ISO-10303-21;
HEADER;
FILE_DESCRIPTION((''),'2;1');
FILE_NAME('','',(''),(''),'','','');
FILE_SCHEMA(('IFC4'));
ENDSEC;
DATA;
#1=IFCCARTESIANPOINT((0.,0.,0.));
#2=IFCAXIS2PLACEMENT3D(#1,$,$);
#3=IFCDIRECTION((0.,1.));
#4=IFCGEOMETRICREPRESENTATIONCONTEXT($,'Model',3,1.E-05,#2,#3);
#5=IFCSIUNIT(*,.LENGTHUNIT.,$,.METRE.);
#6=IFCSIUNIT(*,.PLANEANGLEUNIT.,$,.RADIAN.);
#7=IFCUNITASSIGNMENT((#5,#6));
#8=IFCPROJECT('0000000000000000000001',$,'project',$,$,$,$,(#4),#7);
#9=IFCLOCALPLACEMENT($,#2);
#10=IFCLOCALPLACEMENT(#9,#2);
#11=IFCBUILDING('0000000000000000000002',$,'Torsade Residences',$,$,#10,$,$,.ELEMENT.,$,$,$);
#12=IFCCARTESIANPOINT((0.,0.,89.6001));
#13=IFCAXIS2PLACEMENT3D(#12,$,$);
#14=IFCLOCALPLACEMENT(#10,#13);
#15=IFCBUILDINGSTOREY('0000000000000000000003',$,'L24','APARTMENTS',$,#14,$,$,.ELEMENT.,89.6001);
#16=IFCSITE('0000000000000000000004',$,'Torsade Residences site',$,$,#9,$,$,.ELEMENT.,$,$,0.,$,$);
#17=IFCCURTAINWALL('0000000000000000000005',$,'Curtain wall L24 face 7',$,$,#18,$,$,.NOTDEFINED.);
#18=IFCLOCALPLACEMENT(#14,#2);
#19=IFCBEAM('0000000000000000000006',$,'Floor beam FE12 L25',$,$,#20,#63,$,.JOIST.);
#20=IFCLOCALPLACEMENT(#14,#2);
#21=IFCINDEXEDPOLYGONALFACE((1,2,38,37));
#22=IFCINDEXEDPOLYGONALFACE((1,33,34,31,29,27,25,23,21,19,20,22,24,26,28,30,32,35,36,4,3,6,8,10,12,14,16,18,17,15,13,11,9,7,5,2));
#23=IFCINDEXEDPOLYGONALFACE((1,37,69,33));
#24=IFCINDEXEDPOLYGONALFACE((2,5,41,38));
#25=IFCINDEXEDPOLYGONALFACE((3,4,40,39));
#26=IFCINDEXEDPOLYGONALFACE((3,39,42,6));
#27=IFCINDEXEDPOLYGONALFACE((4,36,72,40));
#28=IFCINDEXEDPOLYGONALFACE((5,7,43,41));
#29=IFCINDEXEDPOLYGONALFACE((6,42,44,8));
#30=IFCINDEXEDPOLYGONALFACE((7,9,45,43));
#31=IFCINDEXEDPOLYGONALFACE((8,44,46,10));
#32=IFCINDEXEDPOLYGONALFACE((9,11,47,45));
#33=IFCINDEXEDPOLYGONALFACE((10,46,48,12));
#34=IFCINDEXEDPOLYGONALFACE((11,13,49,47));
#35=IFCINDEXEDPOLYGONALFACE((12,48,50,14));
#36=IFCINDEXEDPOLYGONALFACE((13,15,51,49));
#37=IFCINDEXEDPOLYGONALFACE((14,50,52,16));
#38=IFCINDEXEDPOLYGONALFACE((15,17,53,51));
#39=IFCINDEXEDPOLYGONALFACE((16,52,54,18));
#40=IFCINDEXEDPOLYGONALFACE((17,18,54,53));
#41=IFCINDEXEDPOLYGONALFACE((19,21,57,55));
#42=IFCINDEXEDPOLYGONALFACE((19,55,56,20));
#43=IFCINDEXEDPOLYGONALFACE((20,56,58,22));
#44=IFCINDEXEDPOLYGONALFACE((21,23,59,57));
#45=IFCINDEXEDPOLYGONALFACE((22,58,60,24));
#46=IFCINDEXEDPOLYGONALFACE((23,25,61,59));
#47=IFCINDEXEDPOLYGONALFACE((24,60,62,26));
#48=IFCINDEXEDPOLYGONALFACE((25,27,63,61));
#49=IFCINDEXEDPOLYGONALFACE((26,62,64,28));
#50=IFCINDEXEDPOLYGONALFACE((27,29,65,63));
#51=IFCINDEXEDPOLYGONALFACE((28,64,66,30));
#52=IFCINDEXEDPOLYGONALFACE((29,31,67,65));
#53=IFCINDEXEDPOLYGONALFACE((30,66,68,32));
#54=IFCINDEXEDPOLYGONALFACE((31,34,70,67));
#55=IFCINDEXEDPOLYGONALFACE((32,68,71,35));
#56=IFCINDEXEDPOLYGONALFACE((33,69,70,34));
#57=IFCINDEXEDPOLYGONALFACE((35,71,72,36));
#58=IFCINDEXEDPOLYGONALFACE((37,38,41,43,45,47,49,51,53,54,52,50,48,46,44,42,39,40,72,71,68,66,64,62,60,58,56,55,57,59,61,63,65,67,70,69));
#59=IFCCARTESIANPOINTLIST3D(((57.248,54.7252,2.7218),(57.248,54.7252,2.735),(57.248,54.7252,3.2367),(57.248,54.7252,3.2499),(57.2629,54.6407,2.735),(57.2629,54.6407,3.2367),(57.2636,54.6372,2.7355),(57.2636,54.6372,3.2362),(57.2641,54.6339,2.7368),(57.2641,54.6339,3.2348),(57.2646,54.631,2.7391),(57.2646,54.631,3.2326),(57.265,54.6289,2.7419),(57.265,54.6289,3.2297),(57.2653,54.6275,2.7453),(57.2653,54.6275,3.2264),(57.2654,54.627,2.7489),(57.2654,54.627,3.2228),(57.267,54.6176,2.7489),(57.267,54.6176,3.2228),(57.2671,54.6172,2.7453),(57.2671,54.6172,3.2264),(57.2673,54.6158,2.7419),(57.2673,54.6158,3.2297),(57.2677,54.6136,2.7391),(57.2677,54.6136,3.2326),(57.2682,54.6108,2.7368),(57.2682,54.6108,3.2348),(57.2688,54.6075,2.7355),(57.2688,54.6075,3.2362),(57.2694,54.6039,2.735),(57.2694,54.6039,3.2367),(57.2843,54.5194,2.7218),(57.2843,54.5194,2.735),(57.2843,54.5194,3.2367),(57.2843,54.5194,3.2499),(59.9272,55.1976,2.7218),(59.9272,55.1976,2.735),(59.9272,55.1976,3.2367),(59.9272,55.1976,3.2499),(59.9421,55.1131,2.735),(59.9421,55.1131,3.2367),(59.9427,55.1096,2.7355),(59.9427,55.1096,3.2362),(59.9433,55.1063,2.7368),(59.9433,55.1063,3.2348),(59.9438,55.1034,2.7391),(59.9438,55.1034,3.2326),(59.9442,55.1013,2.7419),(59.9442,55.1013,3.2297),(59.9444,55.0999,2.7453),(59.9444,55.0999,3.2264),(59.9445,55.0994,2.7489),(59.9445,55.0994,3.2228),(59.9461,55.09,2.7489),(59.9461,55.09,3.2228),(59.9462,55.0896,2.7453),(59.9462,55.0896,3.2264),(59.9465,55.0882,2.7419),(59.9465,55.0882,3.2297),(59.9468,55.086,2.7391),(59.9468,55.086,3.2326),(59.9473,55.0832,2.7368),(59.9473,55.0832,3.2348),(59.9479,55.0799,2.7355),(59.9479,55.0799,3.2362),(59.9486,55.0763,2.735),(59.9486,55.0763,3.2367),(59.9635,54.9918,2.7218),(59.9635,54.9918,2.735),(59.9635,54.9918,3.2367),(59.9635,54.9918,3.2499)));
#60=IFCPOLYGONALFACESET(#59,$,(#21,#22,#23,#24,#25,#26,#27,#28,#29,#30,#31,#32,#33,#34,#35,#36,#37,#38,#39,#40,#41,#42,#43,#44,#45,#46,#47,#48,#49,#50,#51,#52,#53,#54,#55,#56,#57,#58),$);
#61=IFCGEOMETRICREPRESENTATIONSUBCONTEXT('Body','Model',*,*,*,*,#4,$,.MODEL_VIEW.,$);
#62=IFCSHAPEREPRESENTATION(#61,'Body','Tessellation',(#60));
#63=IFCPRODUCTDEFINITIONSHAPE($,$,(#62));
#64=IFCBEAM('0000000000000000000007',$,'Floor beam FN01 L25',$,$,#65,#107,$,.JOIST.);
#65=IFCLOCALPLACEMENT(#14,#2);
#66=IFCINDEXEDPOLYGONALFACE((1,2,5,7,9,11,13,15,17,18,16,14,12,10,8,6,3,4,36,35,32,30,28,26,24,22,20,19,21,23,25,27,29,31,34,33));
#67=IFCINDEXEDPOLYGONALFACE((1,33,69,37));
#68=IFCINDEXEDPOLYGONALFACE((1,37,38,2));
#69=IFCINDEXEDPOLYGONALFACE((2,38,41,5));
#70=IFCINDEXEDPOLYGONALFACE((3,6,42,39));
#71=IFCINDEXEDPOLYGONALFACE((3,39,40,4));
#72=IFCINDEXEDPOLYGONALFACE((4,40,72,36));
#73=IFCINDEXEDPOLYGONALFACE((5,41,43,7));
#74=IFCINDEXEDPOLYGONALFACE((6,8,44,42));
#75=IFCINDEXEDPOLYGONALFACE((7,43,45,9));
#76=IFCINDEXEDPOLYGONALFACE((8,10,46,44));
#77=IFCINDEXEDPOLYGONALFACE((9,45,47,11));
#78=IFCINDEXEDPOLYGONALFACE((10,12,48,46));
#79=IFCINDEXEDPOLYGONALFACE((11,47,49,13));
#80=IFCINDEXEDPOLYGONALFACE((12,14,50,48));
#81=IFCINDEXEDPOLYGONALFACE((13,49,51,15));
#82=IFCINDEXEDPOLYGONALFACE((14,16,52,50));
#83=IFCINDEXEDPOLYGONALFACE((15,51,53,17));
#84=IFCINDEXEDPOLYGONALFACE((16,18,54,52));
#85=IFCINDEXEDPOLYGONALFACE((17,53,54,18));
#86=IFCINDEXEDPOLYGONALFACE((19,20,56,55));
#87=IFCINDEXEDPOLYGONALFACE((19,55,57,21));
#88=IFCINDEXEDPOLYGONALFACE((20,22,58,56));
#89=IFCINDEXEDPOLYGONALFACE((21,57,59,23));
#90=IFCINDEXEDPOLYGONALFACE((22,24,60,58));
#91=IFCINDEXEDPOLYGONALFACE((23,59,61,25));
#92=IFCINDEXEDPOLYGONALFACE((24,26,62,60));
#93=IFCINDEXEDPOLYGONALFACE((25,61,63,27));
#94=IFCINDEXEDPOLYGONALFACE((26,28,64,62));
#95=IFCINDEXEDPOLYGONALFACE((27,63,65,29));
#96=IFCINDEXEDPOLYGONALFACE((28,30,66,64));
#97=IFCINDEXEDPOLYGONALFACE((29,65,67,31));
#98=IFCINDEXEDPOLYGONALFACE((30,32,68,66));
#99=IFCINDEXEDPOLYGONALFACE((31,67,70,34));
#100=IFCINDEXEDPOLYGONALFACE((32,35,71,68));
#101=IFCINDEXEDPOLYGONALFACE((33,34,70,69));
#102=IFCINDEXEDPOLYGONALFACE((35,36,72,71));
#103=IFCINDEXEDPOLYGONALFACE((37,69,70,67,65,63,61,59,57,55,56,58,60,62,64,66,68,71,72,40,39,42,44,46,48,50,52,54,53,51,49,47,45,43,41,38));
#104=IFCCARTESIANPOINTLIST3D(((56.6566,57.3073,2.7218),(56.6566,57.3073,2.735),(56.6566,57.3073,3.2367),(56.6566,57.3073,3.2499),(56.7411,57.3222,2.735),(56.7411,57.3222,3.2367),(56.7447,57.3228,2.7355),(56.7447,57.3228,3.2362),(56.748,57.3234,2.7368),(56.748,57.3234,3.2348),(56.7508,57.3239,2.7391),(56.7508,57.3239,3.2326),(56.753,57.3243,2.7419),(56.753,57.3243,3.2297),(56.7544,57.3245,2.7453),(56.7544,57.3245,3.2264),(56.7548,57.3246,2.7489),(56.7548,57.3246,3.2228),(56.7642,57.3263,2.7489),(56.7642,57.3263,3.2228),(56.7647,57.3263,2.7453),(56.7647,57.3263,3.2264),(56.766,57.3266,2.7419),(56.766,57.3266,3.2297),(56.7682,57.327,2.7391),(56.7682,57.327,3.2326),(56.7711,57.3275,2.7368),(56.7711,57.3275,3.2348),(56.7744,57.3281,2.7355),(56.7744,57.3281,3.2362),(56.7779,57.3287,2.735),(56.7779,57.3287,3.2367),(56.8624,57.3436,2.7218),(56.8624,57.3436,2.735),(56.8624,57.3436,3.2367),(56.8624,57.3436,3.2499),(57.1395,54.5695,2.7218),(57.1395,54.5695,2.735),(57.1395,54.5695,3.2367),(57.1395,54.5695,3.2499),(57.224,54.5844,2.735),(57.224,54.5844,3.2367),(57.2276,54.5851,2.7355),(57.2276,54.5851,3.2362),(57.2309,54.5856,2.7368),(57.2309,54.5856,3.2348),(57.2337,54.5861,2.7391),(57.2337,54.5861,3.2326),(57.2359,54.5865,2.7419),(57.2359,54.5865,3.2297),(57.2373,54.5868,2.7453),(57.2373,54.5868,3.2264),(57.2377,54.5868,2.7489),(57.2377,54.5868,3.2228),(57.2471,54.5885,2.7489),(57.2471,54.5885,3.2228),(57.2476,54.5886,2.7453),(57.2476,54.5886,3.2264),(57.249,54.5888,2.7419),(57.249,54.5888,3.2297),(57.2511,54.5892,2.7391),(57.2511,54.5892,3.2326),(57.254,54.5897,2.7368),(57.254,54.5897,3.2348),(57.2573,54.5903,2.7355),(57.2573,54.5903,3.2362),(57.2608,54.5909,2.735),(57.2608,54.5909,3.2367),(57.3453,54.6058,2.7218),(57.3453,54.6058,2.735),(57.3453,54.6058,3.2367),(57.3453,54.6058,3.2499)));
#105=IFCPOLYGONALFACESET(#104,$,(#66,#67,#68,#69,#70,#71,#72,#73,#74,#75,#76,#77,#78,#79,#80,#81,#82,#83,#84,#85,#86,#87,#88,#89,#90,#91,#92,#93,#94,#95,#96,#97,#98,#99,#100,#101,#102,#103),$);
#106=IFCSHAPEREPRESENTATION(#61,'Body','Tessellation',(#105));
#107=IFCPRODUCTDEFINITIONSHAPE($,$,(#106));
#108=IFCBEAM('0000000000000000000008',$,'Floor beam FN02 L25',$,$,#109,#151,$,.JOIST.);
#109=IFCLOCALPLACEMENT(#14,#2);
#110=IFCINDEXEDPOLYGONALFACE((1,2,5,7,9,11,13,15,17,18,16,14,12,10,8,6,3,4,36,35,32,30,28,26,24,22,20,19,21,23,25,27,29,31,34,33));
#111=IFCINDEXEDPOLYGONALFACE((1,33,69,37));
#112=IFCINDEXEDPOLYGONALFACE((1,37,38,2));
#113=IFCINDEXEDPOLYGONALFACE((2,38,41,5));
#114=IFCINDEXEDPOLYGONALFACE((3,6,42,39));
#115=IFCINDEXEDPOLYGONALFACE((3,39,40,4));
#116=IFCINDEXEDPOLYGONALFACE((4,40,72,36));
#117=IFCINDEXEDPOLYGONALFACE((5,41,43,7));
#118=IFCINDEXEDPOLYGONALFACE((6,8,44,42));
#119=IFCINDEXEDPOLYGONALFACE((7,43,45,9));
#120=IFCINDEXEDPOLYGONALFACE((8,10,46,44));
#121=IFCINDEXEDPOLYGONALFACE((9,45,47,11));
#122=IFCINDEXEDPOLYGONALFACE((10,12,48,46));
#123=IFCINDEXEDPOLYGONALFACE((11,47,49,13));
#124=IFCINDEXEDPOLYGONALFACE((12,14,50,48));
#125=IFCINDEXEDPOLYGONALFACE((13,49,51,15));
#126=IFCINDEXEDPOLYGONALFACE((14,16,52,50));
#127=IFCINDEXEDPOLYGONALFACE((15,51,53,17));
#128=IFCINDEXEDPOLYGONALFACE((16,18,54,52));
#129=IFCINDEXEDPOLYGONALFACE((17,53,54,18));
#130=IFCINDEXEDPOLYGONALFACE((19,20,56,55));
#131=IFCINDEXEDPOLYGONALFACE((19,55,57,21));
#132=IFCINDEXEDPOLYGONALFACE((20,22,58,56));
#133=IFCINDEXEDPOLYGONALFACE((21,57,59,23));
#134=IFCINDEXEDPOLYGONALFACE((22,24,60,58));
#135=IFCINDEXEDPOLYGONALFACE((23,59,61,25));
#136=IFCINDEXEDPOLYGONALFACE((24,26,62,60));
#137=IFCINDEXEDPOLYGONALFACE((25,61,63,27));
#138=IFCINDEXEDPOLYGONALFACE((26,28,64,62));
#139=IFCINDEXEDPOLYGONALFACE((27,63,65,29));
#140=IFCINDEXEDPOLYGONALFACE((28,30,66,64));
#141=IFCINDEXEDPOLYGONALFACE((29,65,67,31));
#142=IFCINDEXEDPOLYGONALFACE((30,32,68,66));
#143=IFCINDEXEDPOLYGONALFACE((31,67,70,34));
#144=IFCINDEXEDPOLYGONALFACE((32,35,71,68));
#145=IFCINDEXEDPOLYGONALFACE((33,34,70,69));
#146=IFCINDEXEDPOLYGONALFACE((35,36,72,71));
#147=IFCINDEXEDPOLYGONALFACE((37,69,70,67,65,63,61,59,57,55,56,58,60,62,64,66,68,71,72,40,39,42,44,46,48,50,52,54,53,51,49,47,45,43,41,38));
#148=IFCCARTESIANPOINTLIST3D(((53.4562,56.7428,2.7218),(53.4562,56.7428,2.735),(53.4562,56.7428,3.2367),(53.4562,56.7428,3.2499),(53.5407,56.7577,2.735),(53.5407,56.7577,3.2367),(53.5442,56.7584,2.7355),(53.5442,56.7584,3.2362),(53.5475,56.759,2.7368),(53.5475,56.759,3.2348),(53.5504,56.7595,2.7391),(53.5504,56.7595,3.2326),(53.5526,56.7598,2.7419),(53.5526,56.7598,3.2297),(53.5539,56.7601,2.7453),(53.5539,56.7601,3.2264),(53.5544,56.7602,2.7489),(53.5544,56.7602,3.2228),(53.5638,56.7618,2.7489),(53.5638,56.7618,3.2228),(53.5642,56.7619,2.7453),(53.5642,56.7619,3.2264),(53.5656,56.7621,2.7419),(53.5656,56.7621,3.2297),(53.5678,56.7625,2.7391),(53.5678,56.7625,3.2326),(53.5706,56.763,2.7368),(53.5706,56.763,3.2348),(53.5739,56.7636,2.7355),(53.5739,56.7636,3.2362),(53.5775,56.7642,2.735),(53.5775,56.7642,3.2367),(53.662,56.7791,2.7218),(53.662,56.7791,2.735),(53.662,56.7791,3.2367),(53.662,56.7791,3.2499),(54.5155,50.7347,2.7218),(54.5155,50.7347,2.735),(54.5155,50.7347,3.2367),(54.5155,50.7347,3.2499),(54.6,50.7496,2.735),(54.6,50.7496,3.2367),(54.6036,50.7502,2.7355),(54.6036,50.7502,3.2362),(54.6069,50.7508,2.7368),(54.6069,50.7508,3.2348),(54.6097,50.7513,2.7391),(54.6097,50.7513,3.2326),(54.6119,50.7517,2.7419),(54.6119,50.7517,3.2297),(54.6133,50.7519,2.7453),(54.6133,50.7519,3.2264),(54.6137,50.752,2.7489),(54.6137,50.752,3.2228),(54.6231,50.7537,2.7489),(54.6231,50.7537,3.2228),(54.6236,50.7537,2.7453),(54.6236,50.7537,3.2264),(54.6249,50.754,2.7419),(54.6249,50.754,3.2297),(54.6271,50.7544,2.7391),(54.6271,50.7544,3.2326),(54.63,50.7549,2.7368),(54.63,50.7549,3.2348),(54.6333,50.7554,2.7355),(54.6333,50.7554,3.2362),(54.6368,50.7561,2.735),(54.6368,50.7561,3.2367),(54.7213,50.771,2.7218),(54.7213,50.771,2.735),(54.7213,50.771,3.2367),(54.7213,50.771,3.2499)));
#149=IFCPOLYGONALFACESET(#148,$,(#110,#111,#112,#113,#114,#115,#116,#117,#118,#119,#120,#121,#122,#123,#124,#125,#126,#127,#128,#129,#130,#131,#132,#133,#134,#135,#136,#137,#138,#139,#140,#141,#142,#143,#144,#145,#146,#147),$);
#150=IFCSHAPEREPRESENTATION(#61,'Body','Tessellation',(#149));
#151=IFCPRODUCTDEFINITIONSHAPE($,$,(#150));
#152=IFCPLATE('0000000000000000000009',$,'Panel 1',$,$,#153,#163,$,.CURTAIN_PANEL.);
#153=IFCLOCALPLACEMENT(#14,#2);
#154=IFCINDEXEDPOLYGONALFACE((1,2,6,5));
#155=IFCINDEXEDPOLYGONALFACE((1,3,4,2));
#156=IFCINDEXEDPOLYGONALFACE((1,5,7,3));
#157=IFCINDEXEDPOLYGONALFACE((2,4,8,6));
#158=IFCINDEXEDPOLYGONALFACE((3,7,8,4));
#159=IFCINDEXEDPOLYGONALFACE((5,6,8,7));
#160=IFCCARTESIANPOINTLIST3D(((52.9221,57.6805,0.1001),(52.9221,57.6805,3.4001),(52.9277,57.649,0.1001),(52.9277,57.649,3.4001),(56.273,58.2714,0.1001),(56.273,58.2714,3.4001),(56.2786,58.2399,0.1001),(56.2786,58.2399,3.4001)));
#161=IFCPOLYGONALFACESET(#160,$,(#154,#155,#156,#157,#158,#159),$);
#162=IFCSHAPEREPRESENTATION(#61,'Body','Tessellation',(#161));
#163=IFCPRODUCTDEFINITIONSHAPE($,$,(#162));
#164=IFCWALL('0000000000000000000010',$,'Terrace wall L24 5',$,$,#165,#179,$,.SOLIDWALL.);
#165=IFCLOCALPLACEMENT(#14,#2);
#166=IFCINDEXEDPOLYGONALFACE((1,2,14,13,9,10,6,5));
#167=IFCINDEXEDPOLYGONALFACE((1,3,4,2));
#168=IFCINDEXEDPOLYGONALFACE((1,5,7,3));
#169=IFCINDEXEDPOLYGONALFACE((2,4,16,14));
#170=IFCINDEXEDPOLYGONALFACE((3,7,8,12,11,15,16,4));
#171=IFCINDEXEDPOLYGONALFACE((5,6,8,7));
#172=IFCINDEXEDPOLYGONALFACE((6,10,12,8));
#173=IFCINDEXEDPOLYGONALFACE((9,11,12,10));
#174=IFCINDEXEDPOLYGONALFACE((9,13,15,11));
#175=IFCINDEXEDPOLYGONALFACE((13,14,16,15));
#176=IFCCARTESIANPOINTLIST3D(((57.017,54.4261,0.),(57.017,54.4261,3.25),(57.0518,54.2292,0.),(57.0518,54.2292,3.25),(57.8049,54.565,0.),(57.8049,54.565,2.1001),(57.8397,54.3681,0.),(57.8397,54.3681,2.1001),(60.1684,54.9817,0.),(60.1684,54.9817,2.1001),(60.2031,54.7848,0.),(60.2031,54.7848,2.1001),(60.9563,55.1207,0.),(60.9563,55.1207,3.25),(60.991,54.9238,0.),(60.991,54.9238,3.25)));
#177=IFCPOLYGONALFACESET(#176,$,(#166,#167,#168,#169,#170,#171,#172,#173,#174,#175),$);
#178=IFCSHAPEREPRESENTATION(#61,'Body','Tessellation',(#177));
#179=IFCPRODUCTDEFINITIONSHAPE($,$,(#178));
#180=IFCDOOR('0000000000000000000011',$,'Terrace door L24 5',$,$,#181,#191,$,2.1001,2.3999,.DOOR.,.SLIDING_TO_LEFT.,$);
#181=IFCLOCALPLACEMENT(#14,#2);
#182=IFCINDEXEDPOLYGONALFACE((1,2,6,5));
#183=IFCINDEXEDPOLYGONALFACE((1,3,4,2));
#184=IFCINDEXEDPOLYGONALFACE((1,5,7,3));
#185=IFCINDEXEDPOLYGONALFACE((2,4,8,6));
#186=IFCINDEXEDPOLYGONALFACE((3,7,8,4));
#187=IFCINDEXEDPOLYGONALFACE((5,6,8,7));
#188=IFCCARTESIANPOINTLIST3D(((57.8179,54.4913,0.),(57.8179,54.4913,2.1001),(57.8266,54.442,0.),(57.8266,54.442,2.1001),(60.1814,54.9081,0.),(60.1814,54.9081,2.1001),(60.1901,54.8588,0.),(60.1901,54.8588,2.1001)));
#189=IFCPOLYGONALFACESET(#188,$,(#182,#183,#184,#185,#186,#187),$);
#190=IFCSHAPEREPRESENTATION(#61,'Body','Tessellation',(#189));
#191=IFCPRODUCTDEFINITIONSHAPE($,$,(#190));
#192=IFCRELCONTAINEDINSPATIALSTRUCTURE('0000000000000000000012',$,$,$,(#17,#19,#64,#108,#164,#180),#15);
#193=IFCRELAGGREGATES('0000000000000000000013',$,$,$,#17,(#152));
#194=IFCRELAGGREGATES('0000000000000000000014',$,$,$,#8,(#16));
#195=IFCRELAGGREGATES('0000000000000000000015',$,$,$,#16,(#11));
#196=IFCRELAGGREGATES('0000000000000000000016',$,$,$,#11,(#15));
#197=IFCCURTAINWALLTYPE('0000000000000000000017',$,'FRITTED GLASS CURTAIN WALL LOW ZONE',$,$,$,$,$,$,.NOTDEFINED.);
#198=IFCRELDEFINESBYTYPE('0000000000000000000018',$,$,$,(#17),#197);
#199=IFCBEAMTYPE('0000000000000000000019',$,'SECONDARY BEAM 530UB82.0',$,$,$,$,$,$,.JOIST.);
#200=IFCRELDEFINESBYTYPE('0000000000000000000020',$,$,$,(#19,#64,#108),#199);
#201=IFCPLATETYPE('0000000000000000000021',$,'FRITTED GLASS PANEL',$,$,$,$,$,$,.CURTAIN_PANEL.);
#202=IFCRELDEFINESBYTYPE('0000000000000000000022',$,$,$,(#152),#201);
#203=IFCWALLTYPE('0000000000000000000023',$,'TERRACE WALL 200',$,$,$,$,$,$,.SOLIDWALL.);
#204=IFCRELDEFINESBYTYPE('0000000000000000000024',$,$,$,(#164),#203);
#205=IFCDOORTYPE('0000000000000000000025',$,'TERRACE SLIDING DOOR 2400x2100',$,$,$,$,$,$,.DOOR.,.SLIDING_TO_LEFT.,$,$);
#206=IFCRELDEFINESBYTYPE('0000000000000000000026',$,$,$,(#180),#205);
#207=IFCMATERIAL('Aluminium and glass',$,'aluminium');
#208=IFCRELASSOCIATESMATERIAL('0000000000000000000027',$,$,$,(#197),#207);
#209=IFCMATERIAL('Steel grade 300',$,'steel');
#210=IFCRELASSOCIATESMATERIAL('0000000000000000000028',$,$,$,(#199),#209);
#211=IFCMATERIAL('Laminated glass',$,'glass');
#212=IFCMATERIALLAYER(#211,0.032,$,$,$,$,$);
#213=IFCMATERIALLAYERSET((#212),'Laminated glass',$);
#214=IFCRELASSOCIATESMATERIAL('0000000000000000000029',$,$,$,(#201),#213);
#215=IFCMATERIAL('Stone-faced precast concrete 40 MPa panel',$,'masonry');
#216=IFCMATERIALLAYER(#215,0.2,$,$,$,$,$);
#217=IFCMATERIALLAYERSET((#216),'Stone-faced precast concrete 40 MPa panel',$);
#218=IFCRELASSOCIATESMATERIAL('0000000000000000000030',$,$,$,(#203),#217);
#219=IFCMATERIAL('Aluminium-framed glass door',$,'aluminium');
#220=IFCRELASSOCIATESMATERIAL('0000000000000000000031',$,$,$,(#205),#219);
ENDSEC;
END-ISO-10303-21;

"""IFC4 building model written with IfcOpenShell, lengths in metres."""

from ifc_helpers import new_model, si_unit, direction, frame, frame_2d, origin, origin_2d, place, context, subcontext, project, spatial, rectangle, i_section, extrude, material, layer, layer_set, material_profile, profile_set, type_object, element, fill, aggregate, save


model = new_model("IFC4")

# Units and contexts
model_context = context("Model", 3, precision=1e-05, world=origin(), true_north=direction((0.0, 1.0)))
body_context = subcontext(model_context, "Body", "Model", "MODEL_VIEW")
ifc_project = project(units=[si_unit("LENGTHUNIT", "METRE"), si_unit("PLANEANGLEUNIT", "RADIAN")], contexts=[model_context])

# Site, building, storey
site_placement = place(None, origin())
site = spatial("IfcSite", under=ifc_project, at=site_placement, Name="Torsade Residences site", CompositionType="ELEMENT", RefElevation=0.0)
building_placement = place(site_placement, origin())
building = spatial("IfcBuilding", under=site, at=building_placement, Name="Torsade Residences", CompositionType="ELEMENT")
storey_placement = place(building_placement, frame((0.0, 0.0, 89.6001)))
storey = spatial("IfcBuildingStorey", under=building, at=storey_placement, Name="L24", Description="APARTMENTS", CompositionType="ELEMENT", Elevation=89.6001)

# Shared definitions
ifc_material_1 = material(Name="Aluminium and glass", Category="aluminium")
curtain_wall_type = type_object("IfcCurtainWallType", Name="FRITTED GLASS CURTAIN WALL LOW ZONE", PredefinedType="NOTDEFINED", material=ifc_material_1)

# Curtain wall
curtain_wall_1_placement = place(storey_placement, origin())
curtain_wall_1 = element("IfcCurtainWall", 1, at=curtain_wall_1_placement, inside=storey, type_object=curtain_wall_type, Name="Curtain wall L24 face 7", PredefinedType="NOTDEFINED")

# Beams
ifc_material_2 = material(Name="Steel grade 300", Category="steel")
ifc_material_profile_1 = material_profile(ifc_material_2, i_section(OverallWidth=0.209, OverallDepth=0.5281, WebThickness=0.0095, FlangeThickness=0.0132, FilletRadius=0.0139, at=origin_2d()), Name="530UB82.0")
ifc_profile_set_1 = profile_set([ifc_material_profile_1], Name="Steel grade 300")
beam_type_1 = type_object("IfcBeamType", Name="SECONDARY BEAM 530UB82.0", PredefinedType="JOIST", material=ifc_profile_set_1)
beam_1_placement = place(storey_placement, frame((59.9453, 55.0947, 2.9858), z_axis=(-0.984808, -0.173647, 0.0), x_axis=(0.173647, -0.984808, 0.0)))
element("IfcBeam", 2, at=beam_1_placement, inside=storey, type_object=beam_type_1, Name="Floor beam FE12 L25", PredefinedType="JOIST", context=body_context, shape_type="SweptSolid", body=[
    extrude(i_section(OverallWidth=0.209, OverallDepth=0.5281, WebThickness=0.0095, FlangeThickness=0.0132, FilletRadius=0.0139, at=origin_2d()), origin(), (0.0, 0.0, 1.0), 2.7205),
])
beam_2_placement = place(storey_placement, frame((56.7595, 57.3254, 2.9858), z_axis=(0.173705, -0.984798, 0.0), x_axis=(0.984798, 0.173705, 0.0)))
element("IfcBeam", 3, at=beam_2_placement, inside=storey, type_object=beam_type_1, Name="Floor beam FN01 L25", PredefinedType="JOIST", context=body_context, shape_type="SweptSolid", body=[
    extrude(i_section(OverallWidth=0.209, OverallDepth=0.5281, WebThickness=0.0095, FlangeThickness=0.0132, FilletRadius=0.0139, at=origin_2d()), origin(), (0.0, 0.0, 1.0), 2.78),
])
beam_3_placement = place(storey_placement, frame((53.5591, 56.761, 2.9858), z_axis=(0.173639, -0.984809, 0.0), x_axis=(0.984809, 0.173639, 0.0)))
element("IfcBeam", 4, at=beam_3_placement, inside=storey, type_object=beam_type_1, Name="Floor beam FN02 L25", PredefinedType="JOIST", context=body_context, shape_type="SweptSolid", body=[
    extrude(i_section(OverallWidth=0.209, OverallDepth=0.5281, WebThickness=0.0095, FlangeThickness=0.0132, FilletRadius=0.0139, at=origin_2d()), origin(), (0.0, 0.0, 1.0), 6.1008),
])

# Plate
ifc_material_3 = material(Name="Laminated glass", Category="glass")
ifc_layer_1 = layer(ifc_material_3, 0.032)
ifc_layer_set_1 = layer_set([ifc_layer_1], Name="Laminated glass")
plate_type = type_object("IfcPlateType", Name="FRITTED GLASS PANEL", PredefinedType="CURTAIN_PANEL", material=ifc_layer_set_1)
plate_placement = place(storey_placement, frame((54.6003, 57.9602, 0.1001), z_axis=(0.0, 0.0, 1.0), x_axis=(-0.984808, -0.173648, 0.0)))
plate = element("IfcPlate", 5, at=plate_placement, type_object=plate_type, Name="Panel 1", PredefinedType="CURTAIN_PANEL", context=body_context, shape_type="SweptSolid", body=[
    extrude(rectangle(XDim=3.4026, YDim=0.032, at=origin_2d()), origin(), (0.0, 0.0, 1.0), 3.3),
])
aggregate(curtain_wall_1, [plate])

# Wall, opening, door
ifc_material_4 = material(Name="Stone-faced precast concrete 40 MPa panel", Category="masonry")
ifc_layer_2 = layer(ifc_material_4, 0.2)
ifc_layer_set_2 = layer_set([ifc_layer_2], Name="Stone-faced precast concrete 40 MPa panel")
wall_type = type_object("IfcWallType", Name="TERRACE WALL 200", PredefinedType="SOLIDWALL", material=ifc_layer_set_2)
wall_1_placement = place(storey_placement, frame((60.9736, 55.0222, 0.0), z_axis=(0.0, 0.0, 1.0), x_axis=(-0.984808, -0.173646, 0.0)))
wall_1 = element("IfcWall", 6, at=wall_1_placement, inside=storey, type_object=wall_type, Name="Terrace wall L24 5", PredefinedType="SOLIDWALL", context=body_context, shape_type="SweptSolid", body=[
    extrude(rectangle(XDim=4.0, YDim=0.2, at=frame_2d((2.0, 0.0))), origin(), (0.0, 0.0, 1.0), 3.25),
])
opening_1_placement = place(wall_1_placement, frame((0.8, 0.0, 0.0)))
opening_1 = element("IfcOpeningElement", 7, at=opening_1_placement, cuts=wall_1, PredefinedType="OPENING", context=body_context, shape_type="SweptSolid", body=[
    extrude(rectangle(XDim=2.3999, YDim=2.1001, at=frame_2d((1.2, 1.05))), frame((0.0, 0.1099, 0.0), z_axis=(0.0, -1.0, 0.0), x_axis=(1.0, 0.0, 0.0)), (0.0, 0.0, 1.0), 0.22),
])
ifc_material_5 = material(Name="Aluminium-framed glass door", Category="aluminium")
door_type = type_object("IfcDoorType", Name="TERRACE SLIDING DOOR 2400x2100", OperationType="SLIDING_TO_LEFT", PredefinedType="DOOR", material=ifc_material_5)
door_placement = place(opening_1_placement, origin())
door = element("IfcDoor", 8, at=door_placement, inside=storey, type_object=door_type, Name="Terrace door L24 5", OperationType="SLIDING_TO_LEFT", OverallHeight=2.1001, OverallWidth=2.3999, PredefinedType="DOOR", context=body_context, shape_type="SweptSolid", body=[
    extrude(rectangle(XDim=2.3999, YDim=2.1001, at=frame_2d((1.2, 1.05))), frame((0.0, 0.0249, 0.0), z_axis=(0.0, -1.0, 0.0), x_axis=(1.0, 0.0, 0.0)), (0.0, 0.0, 1.0), 0.05),
])
fill(opening_1, door)

save(model, "model.ifc")
